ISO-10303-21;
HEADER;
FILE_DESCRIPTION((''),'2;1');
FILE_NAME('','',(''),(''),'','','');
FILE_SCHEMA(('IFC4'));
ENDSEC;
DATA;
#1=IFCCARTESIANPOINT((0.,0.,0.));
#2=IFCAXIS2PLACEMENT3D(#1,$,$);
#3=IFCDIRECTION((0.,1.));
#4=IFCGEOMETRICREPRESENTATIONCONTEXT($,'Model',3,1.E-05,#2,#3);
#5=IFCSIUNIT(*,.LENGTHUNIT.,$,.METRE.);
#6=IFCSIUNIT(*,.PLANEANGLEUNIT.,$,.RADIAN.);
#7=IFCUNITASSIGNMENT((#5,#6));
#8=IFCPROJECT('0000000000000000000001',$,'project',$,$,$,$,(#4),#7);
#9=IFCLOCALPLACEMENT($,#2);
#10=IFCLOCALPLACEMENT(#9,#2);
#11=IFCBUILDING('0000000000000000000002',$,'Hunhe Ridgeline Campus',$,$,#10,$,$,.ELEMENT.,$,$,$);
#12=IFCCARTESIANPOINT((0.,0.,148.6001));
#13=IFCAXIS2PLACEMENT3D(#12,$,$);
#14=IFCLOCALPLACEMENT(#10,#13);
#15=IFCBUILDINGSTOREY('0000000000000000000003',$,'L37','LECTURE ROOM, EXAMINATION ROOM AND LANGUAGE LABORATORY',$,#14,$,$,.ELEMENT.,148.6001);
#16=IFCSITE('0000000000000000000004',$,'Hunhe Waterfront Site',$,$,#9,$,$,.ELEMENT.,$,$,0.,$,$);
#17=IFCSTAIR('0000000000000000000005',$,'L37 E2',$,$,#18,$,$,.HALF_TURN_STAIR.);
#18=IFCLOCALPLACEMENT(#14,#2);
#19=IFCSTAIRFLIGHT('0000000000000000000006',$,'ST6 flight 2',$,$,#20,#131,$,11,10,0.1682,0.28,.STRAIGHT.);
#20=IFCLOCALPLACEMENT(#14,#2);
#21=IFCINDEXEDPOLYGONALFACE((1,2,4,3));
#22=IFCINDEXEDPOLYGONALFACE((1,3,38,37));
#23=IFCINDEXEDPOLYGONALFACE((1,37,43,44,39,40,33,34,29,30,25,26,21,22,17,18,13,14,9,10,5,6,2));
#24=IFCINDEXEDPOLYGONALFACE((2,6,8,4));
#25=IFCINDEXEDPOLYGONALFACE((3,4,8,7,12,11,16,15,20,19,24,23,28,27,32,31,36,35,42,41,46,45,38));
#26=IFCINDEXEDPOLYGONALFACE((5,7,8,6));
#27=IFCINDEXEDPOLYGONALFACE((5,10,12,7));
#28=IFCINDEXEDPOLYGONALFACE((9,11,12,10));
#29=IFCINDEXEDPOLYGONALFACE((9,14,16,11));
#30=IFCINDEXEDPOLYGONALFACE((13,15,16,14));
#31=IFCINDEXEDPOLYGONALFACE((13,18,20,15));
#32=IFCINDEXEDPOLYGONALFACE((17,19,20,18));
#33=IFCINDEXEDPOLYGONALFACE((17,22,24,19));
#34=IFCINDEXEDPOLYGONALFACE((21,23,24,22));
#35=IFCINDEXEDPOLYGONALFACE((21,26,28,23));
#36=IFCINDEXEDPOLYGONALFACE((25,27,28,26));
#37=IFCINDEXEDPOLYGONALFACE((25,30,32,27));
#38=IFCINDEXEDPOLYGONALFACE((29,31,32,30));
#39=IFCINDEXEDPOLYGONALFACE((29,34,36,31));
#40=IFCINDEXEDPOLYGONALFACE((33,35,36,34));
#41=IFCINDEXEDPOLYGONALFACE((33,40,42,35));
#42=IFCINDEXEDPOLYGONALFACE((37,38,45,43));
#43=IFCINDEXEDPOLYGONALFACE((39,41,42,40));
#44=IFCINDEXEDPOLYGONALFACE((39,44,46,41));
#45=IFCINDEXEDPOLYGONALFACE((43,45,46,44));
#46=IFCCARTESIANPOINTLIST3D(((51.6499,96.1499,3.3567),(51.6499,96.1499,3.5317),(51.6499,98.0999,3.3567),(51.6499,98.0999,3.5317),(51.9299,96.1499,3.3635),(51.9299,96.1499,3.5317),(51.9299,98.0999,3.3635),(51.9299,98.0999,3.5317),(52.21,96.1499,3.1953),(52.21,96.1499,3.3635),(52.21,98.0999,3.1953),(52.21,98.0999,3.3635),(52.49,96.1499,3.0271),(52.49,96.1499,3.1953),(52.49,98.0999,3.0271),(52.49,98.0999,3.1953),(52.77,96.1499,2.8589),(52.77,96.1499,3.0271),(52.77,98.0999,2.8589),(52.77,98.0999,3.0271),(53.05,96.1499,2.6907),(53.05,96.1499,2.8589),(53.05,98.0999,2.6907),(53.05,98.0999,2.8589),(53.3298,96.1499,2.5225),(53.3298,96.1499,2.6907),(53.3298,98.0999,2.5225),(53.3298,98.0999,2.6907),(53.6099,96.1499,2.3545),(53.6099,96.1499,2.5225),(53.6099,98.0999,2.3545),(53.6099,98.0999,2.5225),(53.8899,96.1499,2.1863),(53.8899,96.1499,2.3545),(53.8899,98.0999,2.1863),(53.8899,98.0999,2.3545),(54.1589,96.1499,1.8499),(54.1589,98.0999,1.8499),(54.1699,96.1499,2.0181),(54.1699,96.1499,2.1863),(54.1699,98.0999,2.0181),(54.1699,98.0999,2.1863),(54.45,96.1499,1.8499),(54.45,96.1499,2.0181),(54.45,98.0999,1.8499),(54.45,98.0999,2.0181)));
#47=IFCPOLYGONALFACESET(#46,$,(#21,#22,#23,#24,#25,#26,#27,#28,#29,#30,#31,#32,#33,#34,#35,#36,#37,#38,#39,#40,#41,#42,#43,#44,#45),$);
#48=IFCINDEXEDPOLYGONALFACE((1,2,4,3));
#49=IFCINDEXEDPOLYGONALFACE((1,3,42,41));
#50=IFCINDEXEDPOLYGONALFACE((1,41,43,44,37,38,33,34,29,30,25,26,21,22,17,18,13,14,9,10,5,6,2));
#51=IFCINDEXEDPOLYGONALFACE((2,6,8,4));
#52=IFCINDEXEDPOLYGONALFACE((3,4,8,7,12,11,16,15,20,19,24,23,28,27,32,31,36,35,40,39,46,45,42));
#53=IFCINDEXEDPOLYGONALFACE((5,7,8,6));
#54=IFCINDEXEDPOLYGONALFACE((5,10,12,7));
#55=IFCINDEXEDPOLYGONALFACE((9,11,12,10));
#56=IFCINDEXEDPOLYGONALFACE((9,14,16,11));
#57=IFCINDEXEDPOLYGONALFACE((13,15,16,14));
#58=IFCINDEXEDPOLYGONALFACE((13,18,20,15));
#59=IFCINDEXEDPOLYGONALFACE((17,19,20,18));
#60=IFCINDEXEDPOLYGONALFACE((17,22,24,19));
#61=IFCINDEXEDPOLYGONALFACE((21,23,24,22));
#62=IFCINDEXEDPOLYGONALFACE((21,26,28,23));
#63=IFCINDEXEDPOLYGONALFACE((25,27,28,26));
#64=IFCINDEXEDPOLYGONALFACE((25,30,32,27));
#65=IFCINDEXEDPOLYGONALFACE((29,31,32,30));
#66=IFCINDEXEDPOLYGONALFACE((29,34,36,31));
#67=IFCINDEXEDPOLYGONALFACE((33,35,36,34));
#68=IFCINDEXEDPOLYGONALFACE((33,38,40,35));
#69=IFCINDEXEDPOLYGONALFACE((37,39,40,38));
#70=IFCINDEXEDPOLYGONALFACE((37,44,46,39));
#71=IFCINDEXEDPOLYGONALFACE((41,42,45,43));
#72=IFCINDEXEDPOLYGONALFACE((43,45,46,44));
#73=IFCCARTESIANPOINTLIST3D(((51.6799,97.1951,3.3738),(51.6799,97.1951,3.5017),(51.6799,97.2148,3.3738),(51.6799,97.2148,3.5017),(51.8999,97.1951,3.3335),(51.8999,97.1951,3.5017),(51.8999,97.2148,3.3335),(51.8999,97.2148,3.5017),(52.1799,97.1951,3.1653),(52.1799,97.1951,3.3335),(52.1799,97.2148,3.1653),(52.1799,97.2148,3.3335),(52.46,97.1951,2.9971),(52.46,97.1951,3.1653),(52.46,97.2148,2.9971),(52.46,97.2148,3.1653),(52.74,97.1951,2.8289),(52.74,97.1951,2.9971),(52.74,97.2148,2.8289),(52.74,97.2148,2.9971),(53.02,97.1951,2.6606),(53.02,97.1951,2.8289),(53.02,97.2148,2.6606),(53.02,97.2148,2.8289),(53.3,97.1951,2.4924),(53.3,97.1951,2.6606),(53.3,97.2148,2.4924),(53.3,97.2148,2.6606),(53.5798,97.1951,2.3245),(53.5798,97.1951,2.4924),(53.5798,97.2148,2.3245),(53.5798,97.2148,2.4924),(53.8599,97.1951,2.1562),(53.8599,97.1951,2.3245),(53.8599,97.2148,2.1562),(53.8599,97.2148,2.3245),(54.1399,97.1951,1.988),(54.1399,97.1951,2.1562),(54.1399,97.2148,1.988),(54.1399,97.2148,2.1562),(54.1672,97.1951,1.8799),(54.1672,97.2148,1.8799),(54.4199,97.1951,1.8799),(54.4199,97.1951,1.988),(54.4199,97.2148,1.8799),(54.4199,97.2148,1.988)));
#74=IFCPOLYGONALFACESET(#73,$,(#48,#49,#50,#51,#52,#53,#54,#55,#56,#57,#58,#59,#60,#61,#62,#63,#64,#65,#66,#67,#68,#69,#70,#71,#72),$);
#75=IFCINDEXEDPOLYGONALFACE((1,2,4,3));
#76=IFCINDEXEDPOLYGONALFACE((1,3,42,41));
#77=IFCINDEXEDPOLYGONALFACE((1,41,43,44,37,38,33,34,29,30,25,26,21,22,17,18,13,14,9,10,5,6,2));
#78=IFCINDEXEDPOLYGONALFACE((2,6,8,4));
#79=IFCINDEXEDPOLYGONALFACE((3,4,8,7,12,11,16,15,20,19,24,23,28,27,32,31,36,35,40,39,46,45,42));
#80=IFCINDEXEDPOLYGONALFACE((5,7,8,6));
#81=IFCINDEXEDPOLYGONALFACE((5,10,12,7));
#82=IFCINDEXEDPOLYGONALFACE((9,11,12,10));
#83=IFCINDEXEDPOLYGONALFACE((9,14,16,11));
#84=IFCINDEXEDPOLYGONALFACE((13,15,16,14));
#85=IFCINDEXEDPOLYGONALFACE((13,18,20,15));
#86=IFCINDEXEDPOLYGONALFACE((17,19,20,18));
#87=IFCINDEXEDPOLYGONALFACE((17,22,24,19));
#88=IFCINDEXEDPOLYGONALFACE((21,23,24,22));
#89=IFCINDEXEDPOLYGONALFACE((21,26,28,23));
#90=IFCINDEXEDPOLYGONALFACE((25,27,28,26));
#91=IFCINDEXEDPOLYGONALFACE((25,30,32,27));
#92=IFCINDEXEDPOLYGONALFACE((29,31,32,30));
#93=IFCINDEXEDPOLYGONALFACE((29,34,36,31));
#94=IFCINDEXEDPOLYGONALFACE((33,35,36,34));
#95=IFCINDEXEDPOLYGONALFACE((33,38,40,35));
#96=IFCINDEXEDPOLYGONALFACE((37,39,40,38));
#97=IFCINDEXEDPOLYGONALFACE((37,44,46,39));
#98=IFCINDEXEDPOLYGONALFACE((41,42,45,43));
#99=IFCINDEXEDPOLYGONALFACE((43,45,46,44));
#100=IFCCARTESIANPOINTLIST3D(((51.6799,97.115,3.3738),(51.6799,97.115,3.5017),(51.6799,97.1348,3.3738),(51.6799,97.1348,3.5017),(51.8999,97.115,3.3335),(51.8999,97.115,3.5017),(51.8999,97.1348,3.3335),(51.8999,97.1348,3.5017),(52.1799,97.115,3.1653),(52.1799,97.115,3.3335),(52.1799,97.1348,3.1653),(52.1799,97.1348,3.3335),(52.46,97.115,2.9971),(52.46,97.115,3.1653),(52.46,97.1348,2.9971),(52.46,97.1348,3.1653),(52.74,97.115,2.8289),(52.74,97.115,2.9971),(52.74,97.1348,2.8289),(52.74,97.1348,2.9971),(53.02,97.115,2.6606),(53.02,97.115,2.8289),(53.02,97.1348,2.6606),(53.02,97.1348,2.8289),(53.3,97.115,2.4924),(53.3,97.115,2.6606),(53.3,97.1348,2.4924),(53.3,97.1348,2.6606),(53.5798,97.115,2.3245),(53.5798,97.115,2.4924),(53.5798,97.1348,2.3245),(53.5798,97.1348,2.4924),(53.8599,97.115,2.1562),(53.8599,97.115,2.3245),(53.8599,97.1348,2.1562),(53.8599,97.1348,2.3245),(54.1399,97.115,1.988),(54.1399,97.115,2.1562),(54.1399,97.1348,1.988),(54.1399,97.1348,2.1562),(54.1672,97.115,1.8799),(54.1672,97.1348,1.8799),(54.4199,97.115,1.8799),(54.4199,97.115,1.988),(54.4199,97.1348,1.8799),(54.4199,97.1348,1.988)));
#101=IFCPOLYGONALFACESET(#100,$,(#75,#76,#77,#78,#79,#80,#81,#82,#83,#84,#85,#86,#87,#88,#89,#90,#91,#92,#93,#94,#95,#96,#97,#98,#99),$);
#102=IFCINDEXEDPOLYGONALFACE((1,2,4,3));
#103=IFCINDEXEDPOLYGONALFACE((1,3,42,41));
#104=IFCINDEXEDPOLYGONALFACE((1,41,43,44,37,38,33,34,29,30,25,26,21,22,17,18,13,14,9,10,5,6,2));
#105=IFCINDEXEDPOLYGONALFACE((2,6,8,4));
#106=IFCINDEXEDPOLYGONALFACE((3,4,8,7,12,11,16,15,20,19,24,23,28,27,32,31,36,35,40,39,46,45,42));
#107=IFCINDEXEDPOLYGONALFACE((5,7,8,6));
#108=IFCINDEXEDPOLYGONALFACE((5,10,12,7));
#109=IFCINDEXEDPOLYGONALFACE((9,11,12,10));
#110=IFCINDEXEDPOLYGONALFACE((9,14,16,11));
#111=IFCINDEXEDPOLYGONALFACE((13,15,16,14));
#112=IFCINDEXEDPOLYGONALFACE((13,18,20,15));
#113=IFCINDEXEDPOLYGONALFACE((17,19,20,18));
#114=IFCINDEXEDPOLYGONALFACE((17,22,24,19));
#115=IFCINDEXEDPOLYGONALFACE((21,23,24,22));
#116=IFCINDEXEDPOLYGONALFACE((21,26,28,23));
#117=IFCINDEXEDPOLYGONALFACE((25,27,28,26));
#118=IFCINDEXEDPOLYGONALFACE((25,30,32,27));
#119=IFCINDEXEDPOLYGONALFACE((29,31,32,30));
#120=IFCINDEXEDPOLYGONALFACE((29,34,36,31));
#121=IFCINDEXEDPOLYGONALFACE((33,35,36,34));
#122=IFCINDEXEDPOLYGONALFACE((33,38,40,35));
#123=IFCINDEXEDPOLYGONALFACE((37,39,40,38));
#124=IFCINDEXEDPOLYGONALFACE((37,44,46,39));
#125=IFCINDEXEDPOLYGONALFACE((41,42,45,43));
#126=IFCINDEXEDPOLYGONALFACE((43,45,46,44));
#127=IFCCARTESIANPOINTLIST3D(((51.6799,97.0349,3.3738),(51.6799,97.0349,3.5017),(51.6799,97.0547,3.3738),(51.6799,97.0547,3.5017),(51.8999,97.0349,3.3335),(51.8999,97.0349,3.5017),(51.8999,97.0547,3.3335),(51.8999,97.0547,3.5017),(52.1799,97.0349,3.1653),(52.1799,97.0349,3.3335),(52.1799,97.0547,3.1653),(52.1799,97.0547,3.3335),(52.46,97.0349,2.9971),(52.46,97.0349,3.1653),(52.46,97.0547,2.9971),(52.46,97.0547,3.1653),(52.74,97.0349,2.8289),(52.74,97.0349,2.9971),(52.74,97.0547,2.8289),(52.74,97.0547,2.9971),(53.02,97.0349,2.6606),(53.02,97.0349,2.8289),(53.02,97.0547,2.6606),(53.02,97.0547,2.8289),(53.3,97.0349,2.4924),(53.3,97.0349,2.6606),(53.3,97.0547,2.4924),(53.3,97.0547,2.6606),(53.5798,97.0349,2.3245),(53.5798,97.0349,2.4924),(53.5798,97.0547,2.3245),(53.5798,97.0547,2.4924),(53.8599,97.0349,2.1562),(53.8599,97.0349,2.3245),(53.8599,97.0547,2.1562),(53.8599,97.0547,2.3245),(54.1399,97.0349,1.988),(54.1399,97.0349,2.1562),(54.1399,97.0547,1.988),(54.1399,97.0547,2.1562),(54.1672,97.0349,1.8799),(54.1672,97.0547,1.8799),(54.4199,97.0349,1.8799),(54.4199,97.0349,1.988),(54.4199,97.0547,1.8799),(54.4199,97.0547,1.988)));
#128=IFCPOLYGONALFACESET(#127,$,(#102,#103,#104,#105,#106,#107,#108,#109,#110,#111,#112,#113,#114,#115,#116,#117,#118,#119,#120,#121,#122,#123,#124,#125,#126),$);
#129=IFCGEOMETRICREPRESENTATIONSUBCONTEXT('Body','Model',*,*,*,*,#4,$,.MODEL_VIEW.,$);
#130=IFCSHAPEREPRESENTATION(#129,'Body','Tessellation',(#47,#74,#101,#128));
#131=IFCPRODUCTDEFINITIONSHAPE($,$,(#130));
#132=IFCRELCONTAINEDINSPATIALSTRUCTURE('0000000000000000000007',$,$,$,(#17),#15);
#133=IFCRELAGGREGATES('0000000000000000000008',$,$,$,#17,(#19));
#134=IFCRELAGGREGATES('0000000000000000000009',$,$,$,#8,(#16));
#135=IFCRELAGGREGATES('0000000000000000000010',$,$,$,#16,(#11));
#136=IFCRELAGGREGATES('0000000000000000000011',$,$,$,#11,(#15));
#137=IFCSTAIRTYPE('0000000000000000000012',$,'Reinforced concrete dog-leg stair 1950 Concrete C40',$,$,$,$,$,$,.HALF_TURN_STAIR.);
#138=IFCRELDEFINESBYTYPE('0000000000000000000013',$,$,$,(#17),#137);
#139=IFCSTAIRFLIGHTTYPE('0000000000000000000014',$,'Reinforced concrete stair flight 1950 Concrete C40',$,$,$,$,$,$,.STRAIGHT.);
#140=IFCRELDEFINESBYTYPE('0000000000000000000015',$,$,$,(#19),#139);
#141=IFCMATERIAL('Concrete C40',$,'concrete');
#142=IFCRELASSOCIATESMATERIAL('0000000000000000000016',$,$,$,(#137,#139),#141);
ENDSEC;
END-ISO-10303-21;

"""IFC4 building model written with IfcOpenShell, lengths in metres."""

from ifc_helpers import new_model, si_unit, direction, frame, origin, place, context, subcontext, project, spatial, polyline, outline, extrude, material, type_object, element, aggregate, save


model = new_model("IFC4")

# Units and contexts
model_context = context("Model", 3, precision=1e-05, world=origin(), true_north=direction((0.0, 1.0)))
body_context = subcontext(model_context, "Body", "Model", "MODEL_VIEW")
ifc_project = project(units=[si_unit("LENGTHUNIT", "METRE"), si_unit("PLANEANGLEUNIT", "RADIAN")], contexts=[model_context])

# Site, building, storey
site_placement = place(None, origin())
site = spatial("IfcSite", under=ifc_project, at=site_placement, Name="Hunhe Waterfront Site", CompositionType="ELEMENT", RefElevation=0.0)
building_placement = place(site_placement, origin())
building = spatial("IfcBuilding", under=site, at=building_placement, Name="Hunhe Ridgeline Campus", CompositionType="ELEMENT")
storey_placement = place(building_placement, frame((0.0, 0.0, 148.6001)))
storey = spatial("IfcBuildingStorey", under=building, at=storey_placement, Name="L37", Description="LECTURE ROOM, EXAMINATION ROOM AND LANGUAGE LABORATORY", CompositionType="ELEMENT", Elevation=148.6001)

# Shared definitions
ifc_material_1 = material(Name="Concrete C40", Category="concrete")
stair_type = type_object("IfcStairType", Name="Reinforced concrete dog-leg stair 1950 Concrete C40", PredefinedType="HALF_TURN_STAIR", material=ifc_material_1)
stair_flight_type = type_object("IfcStairFlightType", Name="Reinforced concrete stair flight 1950 Concrete C40", PredefinedType="STRAIGHT", material=ifc_material_1)

# Stair, stair flight
stair_1_placement = place(storey_placement, origin())
stair_1 = element("IfcStair", 1, at=stair_1_placement, inside=storey, type_object=stair_type, Name="L37 E2", PredefinedType="HALF_TURN_STAIR")
stair_flight_1_placement = place(storey_placement, frame((54.45, 97.125, 1.8499), z_axis=(0.0, 0.0, 1.0), x_axis=(-1.0, 0.0, 0.0)))
stair_flight_1 = element("IfcStairFlight", 2, at=stair_flight_1_placement, type_object=stair_flight_type, Name="ST6 flight 2", NumberOfRisers=11, NumberOfTreads=10, PredefinedType="STRAIGHT", RiserHeight=0.1682, TreadLength=0.28, context=body_context, shape_type="SweptSolid", body=[
    extrude(outline(polyline([(0.0, 0.0), (0.0, 0.1682), (0.28, 0.1682), (0.28, 0.3364), (0.5601, 0.3364), (0.5601, 0.5046), (0.8401, 0.5046), (0.8401, 0.6726), (1.1201, 0.6726), (1.1201, 0.8408), (1.3999, 0.8408), (1.3999, 1.009), (1.6799, 1.009), (1.6799, 1.1772), (1.96, 1.1772), (1.96, 1.3455), (2.24, 1.3455), (2.24, 1.5137), (2.52, 1.5137), (2.52, 1.6819), (2.8, 1.6819), (2.8, 1.8501), (2.8, 1.5068), (0.291, 0.0), (0.0, 0.0)])), frame((0.0, 0.9751, 0.0), z_axis=(0.0, -1.0, 0.0), x_axis=(1.0, 0.0, 0.0)), (0.0, 0.0, 1.0), 1.95),
    extrude(outline(polyline([(0.03, 0.03), (0.03, 0.1382), (0.3101, 0.1382), (0.3101, 0.3064), (0.5901, 0.3064), (0.5901, 0.4746), (0.8701, 0.4746), (0.8701, 0.6426), (1.1499, 0.6426), (1.1499, 0.8108), (1.4299, 0.8108), (1.4299, 0.979), (1.71, 0.979), (1.71, 1.1472), (1.99, 1.1472), (1.99, 1.3154), (2.27, 1.3154), (2.27, 1.4836), (2.55, 1.4836), (2.55, 1.6519), (2.77, 1.6519), (2.77, 1.5239), (0.2827, 0.03), (0.03, 0.03)])), frame((0.0, -0.0701, 0.0), z_axis=(0.0, -1.0, 0.0), x_axis=(1.0, 0.0, 0.0)), (0.0, 0.0, 1.0), 0.0198),
    extrude(outline(polyline([(0.03, 0.03), (0.03, 0.1382), (0.3101, 0.1382), (0.3101, 0.3064), (0.5901, 0.3064), (0.5901, 0.4746), (0.8701, 0.4746), (0.8701, 0.6426), (1.1499, 0.6426), (1.1499, 0.8108), (1.4299, 0.8108), (1.4299, 0.979), (1.71, 0.979), (1.71, 1.1472), (1.99, 1.1472), (1.99, 1.3154), (2.27, 1.3154), (2.27, 1.4836), (2.55, 1.4836), (2.55, 1.6519), (2.77, 1.6519), (2.77, 1.5239), (0.2827, 0.03), (0.03, 0.03)])), frame((0.0, 0.01, 0.0), z_axis=(0.0, -1.0, 0.0), x_axis=(1.0, 0.0, 0.0)), (0.0, 0.0, 1.0), 0.0198),
    extrude(outline(polyline([(0.03, 0.03), (0.03, 0.1382), (0.3101, 0.1382), (0.3101, 0.3064), (0.5901, 0.3064), (0.5901, 0.4746), (0.8701, 0.4746), (0.8701, 0.6426), (1.1499, 0.6426), (1.1499, 0.8108), (1.4299, 0.8108), (1.4299, 0.979), (1.71, 0.979), (1.71, 1.1472), (1.99, 1.1472), (1.99, 1.3154), (2.27, 1.3154), (2.27, 1.4836), (2.55, 1.4836), (2.55, 1.6519), (2.77, 1.6519), (2.77, 1.5239), (0.2827, 0.03), (0.03, 0.03)])), frame((0.0, 0.0901, 0.0), z_axis=(0.0, -1.0, 0.0), x_axis=(1.0, 0.0, 0.0)), (0.0, 0.0, 1.0), 0.0198),
])
aggregate(stair_1, [stair_flight_1])

save(model, "model.ifc")
